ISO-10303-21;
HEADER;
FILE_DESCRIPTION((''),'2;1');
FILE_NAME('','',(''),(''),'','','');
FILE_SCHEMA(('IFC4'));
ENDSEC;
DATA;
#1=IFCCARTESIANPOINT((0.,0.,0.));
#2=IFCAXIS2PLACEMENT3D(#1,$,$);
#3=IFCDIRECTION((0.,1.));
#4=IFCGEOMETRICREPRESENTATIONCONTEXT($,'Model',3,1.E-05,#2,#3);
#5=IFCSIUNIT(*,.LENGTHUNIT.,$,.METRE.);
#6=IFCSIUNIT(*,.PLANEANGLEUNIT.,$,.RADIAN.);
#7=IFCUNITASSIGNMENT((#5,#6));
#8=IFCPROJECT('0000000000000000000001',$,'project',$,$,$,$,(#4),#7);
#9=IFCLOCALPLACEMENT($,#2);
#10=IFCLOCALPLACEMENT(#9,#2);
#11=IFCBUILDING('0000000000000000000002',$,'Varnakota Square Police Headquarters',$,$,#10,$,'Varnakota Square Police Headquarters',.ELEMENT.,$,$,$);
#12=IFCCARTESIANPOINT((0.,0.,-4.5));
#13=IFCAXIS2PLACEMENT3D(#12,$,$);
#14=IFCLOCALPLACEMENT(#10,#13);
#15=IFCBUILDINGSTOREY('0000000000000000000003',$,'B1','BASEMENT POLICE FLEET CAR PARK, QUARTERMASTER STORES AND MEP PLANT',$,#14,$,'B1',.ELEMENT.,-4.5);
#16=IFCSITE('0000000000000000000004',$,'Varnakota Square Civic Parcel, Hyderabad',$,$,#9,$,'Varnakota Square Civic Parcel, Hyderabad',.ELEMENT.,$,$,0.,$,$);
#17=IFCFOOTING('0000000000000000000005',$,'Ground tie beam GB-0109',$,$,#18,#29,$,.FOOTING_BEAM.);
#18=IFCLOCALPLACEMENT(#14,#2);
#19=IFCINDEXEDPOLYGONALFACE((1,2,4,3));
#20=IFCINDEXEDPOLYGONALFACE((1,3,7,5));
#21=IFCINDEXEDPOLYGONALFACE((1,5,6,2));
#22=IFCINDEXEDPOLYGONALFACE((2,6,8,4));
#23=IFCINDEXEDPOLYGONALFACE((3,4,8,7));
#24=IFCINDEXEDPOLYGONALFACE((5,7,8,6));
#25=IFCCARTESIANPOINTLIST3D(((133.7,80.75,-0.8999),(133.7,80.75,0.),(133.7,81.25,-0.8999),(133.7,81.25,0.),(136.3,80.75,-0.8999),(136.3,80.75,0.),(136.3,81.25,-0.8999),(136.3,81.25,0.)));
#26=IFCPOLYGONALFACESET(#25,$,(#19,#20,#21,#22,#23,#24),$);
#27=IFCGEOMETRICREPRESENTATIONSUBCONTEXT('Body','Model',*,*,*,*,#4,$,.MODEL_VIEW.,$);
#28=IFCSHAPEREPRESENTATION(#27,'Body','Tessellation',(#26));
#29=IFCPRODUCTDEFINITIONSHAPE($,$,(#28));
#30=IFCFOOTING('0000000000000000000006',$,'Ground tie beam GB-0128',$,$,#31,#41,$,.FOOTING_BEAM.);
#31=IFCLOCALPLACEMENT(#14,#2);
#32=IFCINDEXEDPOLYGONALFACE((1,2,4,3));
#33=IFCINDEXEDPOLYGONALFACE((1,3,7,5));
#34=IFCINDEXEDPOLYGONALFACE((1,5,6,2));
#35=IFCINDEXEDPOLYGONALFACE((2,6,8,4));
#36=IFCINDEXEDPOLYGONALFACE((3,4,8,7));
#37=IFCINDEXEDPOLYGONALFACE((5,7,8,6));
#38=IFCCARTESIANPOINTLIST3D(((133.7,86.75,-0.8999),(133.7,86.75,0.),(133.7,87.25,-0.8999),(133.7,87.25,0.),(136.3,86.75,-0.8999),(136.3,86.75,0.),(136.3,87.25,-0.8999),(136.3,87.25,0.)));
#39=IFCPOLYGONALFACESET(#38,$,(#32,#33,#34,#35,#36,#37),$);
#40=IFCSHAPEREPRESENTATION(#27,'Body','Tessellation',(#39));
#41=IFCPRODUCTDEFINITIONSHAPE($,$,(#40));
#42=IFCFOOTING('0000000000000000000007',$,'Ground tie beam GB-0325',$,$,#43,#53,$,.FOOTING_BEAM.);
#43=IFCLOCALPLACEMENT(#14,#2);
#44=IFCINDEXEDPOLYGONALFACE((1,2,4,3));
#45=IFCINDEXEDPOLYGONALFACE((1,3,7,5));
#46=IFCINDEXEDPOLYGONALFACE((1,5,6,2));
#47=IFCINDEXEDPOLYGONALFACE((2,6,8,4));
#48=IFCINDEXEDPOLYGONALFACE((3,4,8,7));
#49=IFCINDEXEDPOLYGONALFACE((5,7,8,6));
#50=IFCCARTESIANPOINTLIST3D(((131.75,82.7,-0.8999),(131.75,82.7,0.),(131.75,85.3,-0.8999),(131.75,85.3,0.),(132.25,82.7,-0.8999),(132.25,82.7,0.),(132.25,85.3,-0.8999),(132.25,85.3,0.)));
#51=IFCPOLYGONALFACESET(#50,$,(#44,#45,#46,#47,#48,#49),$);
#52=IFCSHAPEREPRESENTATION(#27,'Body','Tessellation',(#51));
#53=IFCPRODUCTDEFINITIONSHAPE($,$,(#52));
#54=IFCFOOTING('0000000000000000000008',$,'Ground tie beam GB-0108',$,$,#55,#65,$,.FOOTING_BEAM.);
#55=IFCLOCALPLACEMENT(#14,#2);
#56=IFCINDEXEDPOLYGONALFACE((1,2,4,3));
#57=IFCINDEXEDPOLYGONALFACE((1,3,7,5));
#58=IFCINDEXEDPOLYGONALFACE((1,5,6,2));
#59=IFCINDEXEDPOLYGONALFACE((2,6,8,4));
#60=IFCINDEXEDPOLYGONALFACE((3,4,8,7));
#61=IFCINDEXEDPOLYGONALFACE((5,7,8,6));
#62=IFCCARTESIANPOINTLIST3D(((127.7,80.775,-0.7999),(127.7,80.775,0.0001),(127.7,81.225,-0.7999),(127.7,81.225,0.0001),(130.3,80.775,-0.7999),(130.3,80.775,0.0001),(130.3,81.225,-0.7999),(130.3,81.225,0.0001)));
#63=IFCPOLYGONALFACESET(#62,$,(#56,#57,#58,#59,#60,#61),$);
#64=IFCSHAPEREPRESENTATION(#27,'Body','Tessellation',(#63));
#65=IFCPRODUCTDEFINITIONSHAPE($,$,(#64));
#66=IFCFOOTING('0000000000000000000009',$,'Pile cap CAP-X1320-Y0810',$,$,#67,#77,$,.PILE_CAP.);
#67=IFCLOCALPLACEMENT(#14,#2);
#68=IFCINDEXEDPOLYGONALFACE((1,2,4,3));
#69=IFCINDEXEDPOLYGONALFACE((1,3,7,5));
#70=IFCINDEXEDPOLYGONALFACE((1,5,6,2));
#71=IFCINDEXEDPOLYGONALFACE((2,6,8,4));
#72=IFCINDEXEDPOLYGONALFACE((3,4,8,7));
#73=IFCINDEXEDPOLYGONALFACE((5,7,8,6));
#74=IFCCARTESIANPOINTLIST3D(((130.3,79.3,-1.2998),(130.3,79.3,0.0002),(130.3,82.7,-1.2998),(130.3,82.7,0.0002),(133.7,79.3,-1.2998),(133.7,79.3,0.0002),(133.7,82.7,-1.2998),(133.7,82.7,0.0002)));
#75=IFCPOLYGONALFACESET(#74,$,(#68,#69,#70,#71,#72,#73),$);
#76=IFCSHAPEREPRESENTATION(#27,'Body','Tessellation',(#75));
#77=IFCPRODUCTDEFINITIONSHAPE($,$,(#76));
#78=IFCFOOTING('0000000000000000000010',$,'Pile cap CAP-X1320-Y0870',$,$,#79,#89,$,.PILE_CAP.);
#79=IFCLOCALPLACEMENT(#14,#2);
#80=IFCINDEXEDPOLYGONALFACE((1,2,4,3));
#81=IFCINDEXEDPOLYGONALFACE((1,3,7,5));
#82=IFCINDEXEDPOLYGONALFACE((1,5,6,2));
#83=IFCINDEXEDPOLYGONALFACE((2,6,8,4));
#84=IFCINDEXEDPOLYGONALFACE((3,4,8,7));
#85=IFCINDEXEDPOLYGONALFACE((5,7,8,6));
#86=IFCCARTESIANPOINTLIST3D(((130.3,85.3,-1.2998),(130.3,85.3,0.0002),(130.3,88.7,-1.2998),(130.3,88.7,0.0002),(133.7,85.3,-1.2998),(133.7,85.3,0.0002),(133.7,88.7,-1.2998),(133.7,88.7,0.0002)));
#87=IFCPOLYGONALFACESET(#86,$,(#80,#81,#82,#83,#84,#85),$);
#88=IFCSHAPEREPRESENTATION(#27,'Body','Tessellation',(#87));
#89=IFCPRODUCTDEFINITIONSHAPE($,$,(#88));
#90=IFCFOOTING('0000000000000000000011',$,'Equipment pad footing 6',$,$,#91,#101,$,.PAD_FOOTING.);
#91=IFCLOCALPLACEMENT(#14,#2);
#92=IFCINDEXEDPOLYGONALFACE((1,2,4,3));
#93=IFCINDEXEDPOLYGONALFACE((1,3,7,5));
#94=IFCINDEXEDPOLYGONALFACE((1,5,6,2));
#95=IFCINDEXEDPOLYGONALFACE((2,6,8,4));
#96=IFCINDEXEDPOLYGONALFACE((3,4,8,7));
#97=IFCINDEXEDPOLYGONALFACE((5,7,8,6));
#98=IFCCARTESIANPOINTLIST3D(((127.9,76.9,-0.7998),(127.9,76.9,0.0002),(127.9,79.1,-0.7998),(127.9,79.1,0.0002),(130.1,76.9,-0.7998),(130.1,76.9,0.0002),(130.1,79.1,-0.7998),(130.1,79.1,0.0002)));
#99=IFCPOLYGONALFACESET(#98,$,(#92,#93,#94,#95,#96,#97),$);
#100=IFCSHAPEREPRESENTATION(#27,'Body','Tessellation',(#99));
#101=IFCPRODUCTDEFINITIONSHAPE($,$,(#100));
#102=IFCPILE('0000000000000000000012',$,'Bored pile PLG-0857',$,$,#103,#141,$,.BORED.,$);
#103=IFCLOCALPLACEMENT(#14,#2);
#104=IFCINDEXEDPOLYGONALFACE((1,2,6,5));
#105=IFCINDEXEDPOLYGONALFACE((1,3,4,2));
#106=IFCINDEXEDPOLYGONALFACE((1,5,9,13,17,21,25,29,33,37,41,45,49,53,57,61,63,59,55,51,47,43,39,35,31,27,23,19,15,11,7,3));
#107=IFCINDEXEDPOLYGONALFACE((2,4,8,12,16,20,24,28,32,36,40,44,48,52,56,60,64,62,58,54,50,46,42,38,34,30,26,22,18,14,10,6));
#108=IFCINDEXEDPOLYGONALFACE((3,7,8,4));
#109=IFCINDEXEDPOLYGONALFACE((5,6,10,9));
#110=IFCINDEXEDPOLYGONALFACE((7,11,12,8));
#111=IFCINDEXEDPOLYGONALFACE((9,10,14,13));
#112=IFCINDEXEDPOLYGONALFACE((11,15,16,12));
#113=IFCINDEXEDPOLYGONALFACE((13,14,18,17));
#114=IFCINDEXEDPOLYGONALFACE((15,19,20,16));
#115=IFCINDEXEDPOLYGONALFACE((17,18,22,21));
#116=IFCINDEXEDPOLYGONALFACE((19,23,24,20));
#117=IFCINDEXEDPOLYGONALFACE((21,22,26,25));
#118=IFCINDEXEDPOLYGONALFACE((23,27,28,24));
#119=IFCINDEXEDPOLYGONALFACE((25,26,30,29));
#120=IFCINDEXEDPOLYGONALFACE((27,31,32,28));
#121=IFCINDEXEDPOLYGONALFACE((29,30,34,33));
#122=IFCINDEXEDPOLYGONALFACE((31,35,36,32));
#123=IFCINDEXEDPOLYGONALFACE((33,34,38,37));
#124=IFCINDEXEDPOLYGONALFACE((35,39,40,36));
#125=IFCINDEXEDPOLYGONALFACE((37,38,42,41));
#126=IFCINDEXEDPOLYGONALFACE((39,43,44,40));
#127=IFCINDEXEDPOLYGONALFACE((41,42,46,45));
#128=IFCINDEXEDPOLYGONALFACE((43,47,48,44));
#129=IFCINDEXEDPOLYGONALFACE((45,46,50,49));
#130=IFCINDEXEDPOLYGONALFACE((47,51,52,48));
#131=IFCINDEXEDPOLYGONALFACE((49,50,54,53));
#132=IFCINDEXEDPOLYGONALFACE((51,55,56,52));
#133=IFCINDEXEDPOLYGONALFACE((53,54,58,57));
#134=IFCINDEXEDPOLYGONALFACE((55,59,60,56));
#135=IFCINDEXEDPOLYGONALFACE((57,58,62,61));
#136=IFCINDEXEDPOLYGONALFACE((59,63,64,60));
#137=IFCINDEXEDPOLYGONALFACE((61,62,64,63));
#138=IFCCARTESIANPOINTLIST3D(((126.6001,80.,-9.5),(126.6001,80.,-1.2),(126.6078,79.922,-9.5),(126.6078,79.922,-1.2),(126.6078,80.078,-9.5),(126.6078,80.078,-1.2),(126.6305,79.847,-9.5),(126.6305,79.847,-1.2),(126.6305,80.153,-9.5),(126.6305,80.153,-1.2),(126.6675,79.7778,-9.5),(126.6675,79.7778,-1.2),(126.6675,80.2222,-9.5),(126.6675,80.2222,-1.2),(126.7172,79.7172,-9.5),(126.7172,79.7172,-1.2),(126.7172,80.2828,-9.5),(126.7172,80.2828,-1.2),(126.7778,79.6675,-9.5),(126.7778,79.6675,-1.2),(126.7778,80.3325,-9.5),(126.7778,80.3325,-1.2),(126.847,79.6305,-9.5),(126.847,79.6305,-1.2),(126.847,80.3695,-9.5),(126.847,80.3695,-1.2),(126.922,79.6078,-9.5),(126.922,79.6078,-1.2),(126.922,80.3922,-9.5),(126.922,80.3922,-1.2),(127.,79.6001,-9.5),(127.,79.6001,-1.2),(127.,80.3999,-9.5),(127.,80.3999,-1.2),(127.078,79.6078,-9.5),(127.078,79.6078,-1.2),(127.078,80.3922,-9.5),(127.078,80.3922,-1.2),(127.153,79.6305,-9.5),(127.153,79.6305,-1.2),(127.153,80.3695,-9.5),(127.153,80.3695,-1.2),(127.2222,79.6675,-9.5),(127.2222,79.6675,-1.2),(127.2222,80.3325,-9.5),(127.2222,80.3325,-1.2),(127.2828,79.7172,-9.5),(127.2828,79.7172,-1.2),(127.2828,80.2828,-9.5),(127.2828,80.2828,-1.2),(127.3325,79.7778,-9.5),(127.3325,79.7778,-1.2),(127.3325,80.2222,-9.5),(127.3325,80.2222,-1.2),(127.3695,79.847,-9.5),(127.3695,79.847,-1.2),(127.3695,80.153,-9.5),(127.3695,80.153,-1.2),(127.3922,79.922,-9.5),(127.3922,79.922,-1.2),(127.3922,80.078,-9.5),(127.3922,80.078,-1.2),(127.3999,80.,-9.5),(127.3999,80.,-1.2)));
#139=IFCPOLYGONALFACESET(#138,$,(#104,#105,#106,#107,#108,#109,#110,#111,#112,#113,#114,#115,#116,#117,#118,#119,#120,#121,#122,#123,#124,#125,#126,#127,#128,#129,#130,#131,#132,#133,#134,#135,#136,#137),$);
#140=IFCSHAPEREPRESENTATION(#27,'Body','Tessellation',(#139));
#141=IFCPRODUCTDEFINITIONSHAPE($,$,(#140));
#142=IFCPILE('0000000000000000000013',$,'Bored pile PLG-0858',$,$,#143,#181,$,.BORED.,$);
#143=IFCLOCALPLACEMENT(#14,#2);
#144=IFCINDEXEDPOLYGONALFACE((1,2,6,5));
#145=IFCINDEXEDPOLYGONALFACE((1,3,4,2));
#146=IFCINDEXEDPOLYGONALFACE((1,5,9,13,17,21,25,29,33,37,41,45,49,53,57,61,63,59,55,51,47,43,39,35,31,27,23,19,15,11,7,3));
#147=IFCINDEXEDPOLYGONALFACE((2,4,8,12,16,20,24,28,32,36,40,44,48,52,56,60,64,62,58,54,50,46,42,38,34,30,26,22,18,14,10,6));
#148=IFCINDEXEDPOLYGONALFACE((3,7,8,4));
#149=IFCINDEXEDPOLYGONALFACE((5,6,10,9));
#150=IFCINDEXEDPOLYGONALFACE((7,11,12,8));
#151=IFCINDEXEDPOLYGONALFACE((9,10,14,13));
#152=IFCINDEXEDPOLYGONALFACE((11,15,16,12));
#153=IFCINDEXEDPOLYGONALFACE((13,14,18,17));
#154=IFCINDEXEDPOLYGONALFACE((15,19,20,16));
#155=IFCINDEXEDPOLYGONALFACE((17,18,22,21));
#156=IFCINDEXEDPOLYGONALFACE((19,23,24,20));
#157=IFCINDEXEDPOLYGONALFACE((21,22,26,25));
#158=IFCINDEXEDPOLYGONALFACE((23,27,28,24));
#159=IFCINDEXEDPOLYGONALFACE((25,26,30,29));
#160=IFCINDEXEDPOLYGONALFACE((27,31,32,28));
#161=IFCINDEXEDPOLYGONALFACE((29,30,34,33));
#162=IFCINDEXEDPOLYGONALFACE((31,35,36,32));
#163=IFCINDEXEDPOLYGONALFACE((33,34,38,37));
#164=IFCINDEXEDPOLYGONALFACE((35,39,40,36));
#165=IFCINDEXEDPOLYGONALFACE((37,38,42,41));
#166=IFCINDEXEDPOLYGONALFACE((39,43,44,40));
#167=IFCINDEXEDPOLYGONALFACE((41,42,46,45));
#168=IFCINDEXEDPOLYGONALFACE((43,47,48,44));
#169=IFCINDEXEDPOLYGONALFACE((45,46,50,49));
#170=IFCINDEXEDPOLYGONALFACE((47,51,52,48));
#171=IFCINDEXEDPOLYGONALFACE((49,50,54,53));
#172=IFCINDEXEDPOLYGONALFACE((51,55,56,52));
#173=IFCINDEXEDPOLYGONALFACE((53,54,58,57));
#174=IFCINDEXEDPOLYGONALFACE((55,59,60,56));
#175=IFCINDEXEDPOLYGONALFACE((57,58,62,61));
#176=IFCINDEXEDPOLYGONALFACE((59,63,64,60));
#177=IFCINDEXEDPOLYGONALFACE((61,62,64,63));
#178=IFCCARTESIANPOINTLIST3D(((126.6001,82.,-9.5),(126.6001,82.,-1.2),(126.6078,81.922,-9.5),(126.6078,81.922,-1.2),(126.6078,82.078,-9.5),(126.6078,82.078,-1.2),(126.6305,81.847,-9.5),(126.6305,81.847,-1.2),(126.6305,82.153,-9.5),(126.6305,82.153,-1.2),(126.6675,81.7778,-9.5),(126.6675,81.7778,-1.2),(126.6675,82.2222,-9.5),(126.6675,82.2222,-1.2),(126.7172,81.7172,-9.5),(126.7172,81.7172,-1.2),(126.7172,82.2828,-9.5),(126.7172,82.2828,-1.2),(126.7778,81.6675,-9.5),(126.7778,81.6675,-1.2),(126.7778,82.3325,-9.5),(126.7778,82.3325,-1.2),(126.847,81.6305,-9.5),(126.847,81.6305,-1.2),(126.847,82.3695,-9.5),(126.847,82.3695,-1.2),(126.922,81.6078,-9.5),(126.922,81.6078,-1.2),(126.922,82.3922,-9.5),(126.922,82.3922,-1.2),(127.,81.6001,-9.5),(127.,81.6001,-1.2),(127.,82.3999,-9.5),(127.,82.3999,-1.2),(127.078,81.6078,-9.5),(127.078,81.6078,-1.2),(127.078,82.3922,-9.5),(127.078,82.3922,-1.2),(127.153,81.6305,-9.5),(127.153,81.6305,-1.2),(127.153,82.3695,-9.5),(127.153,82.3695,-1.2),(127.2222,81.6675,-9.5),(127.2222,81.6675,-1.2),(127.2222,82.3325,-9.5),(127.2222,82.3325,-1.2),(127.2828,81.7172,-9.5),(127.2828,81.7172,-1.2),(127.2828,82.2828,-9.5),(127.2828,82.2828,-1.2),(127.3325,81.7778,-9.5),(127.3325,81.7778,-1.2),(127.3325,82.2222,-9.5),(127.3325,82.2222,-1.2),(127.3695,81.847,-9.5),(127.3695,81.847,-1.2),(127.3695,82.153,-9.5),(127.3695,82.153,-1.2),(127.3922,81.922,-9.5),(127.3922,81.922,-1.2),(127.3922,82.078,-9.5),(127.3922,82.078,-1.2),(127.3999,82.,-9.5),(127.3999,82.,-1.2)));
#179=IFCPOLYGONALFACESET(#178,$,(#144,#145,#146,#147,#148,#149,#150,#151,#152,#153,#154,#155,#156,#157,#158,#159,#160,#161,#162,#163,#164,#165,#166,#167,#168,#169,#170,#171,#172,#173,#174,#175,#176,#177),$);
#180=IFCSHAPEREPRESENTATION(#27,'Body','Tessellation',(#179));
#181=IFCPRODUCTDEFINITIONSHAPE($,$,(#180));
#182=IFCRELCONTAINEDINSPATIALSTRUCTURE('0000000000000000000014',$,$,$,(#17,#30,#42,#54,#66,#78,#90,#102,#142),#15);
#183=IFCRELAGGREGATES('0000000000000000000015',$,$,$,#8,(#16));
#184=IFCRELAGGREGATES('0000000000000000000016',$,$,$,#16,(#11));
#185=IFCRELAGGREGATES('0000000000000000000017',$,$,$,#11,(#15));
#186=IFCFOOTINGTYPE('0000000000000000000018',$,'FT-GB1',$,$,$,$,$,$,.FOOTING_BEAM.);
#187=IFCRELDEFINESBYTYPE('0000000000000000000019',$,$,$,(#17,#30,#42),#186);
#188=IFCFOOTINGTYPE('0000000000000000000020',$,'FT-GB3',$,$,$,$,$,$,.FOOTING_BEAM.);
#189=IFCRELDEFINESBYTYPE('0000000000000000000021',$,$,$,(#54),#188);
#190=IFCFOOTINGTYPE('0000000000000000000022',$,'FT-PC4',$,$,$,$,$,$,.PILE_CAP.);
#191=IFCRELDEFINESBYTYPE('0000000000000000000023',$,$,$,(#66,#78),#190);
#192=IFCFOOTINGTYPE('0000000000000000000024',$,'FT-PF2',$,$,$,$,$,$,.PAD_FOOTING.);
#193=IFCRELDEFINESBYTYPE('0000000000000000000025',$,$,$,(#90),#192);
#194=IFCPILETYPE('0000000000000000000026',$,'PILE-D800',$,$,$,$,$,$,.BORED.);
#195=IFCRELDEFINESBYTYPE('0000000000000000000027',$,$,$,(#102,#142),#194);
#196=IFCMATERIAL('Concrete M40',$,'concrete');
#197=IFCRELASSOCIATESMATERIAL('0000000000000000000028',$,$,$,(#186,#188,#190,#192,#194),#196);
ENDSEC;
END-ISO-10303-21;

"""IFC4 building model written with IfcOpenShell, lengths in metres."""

from ifc_helpers import new_model, si_unit, direction, frame, origin, origin_2d, place, context, subcontext, project, spatial, rectangle, circle, extrude, material, material_profile, profile_set, type_object, element, save


model = new_model("IFC4")

# Units and contexts
model_context = context("Model", 3, precision=1e-05, world=origin(), true_north=direction((0.0, 1.0)))
body_context = subcontext(model_context, "Body", "Model", "MODEL_VIEW")
ifc_project = project(units=[si_unit("LENGTHUNIT", "METRE"), si_unit("PLANEANGLEUNIT", "RADIAN")], contexts=[model_context])

# Site, building, storey
site_placement = place(None, origin())
site = spatial("IfcSite", under=ifc_project, at=site_placement, Name="Varnakota Square Civic Parcel, Hyderabad", LongName="Varnakota Square Civic Parcel, Hyderabad", CompositionType="ELEMENT", RefElevation=0.0)
building_placement = place(site_placement, origin())
building = spatial("IfcBuilding", under=site, at=building_placement, Name="Varnakota Square Police Headquarters", LongName="Varnakota Square Police Headquarters", CompositionType="ELEMENT")
storey_placement = place(building_placement, frame((0.0, 0.0, -4.5)))
storey = spatial("IfcBuildingStorey", under=building, at=storey_placement, Name="B1", Description="BASEMENT POLICE FLEET CAR PARK, QUARTERMASTER STORES AND MEP PLANT", LongName="B1", CompositionType="ELEMENT", Elevation=-4.5)

# Footings
ifc_material_1 = material(Name="Concrete M40", Category="concrete")
ifc_material_profile_1 = material_profile(ifc_material_1, rectangle(XDim=0.5, YDim=0.8999, at=origin_2d()), Name="GB 500x900")
ifc_profile_set_1 = profile_set([ifc_material_profile_1], Name="Concrete M40")
footing_type_1 = type_object("IfcFootingType", Name="FT-GB1", PredefinedType="FOOTING_BEAM", material=ifc_profile_set_1)
for number, where, z_axis, x_axis, name in (
    (1, (133.7, 81.0, -0.45), (1.0, 0.0, 0.0), (0.0, 1.0, 0.0), "Ground tie beam GB-0109"),
    (2, (133.7, 87.0, -0.45), (1.0, 0.0, 0.0), (0.0, 1.0, 0.0), "Ground tie beam GB-0128"),
    (3, (132.0, 82.7, -0.45), (0.0, 1.0, 0.0), (-1.0, 0.0, 0.0), "Ground tie beam GB-0325"),
):
    element("IfcFooting", number, at=place(storey_placement, frame(where, z_axis=z_axis, x_axis=x_axis)), inside=storey, type_object=footing_type_1, Name=name, PredefinedType="FOOTING_BEAM", context=body_context, shape_type="SweptSolid", body=[
        extrude(rectangle(XDim=0.5, YDim=0.8999, at=origin_2d()), origin(), (0.0, 0.0, 1.0), 2.6001),
    ])
ifc_material_profile_2 = material_profile(ifc_material_1, rectangle(XDim=0.45, YDim=0.8, at=origin_2d()), Name="GB 450x800")
ifc_profile_set_2 = profile_set([ifc_material_profile_2], Name="Concrete M40")
footing_type_2 = type_object("IfcFootingType", Name="FT-GB3", PredefinedType="FOOTING_BEAM", material=ifc_profile_set_2)
footing_1_placement = place(storey_placement, frame((127.7, 81.0, -0.3999), z_axis=(1.0, 0.0, 0.0), x_axis=(0.0, 1.0, 0.0)))
element("IfcFooting", 4, at=footing_1_placement, inside=storey, type_object=footing_type_2, Name="Ground tie beam GB-0108", PredefinedType="FOOTING_BEAM", context=body_context, shape_type="SweptSolid", body=[
    extrude(rectangle(XDim=0.45, YDim=0.8, at=origin_2d()), origin(), (0.0, 0.0, 1.0), 2.6001),
])
footing_type_3 = type_object("IfcFootingType", Name="FT-PC4", PredefinedType="PILE_CAP", material=ifc_material_1)
for number, where, z_axis, x_axis, name in (
    (5, (132.0, 81.0, -1.2998), (0.0, 0.0, 1.0), (1.0, 0.0, 0.0), "Pile cap CAP-X1320-Y0810"),
    (6, (132.0, 87.0, -1.2998), (0.0, 0.0, 1.0), (1.0, 0.0, 0.0), "Pile cap CAP-X1320-Y0870"),
):
    element("IfcFooting", number, at=place(storey_placement, frame(where, z_axis=z_axis, x_axis=x_axis)), inside=storey, type_object=footing_type_3, Name=name, PredefinedType="PILE_CAP", context=body_context, shape_type="SweptSolid", body=[
        extrude(rectangle(XDim=3.3999, YDim=3.3999, at=origin_2d()), origin(), (0.0, 0.0, 1.0), 1.3),
    ])
footing_type_4 = type_object("IfcFootingType", Name="FT-PF2", PredefinedType="PAD_FOOTING", material=ifc_material_1)
footing_2_placement = place(storey_placement, frame((129.0, 78.0, -0.7998), z_axis=(0.0, 0.0, 1.0), x_axis=(1.0, 0.0, 0.0)))
element("IfcFooting", 7, at=footing_2_placement, inside=storey, type_object=footing_type_4, Name="Equipment pad footing 6", PredefinedType="PAD_FOOTING", context=body_context, shape_type="SweptSolid", body=[
    extrude(rectangle(XDim=2.2, YDim=2.2, at=origin_2d()), origin(), (0.0, 0.0, 1.0), 0.8),
])

# Piles
ifc_material_profile_3 = material_profile(ifc_material_1, circle(Radius=0.3999, at=origin_2d()), Name="BORED PILE 800")
ifc_profile_set_3 = profile_set([ifc_material_profile_3], Name="Concrete M40")
pile_type = type_object("IfcPileType", Name="PILE-D800", PredefinedType="BORED", material=ifc_profile_set_3)
for number, where, z_axis, x_axis, name in (
    (8, (127.0, 80.0, -1.2), (0.0, 0.0, -1.0), (1.0, 0.0, 0.0), "Bored pile PLG-0857"),
    (9, (127.0, 82.0, -1.2), (0.0, 0.0, -1.0), (1.0, 0.0, 0.0), "Bored pile PLG-0858"),
):
    element("IfcPile", number, at=place(storey_placement, frame(where, z_axis=z_axis, x_axis=x_axis)), inside=storey, type_object=pile_type, Name=name, PredefinedType="BORED", context=body_context, shape_type="SweptSolid", body=[
        extrude(circle(Radius=0.3999, at=origin_2d()), origin(), (0.0, 0.0, 1.0), 8.3),
    ])

save(model, "model.ifc")
